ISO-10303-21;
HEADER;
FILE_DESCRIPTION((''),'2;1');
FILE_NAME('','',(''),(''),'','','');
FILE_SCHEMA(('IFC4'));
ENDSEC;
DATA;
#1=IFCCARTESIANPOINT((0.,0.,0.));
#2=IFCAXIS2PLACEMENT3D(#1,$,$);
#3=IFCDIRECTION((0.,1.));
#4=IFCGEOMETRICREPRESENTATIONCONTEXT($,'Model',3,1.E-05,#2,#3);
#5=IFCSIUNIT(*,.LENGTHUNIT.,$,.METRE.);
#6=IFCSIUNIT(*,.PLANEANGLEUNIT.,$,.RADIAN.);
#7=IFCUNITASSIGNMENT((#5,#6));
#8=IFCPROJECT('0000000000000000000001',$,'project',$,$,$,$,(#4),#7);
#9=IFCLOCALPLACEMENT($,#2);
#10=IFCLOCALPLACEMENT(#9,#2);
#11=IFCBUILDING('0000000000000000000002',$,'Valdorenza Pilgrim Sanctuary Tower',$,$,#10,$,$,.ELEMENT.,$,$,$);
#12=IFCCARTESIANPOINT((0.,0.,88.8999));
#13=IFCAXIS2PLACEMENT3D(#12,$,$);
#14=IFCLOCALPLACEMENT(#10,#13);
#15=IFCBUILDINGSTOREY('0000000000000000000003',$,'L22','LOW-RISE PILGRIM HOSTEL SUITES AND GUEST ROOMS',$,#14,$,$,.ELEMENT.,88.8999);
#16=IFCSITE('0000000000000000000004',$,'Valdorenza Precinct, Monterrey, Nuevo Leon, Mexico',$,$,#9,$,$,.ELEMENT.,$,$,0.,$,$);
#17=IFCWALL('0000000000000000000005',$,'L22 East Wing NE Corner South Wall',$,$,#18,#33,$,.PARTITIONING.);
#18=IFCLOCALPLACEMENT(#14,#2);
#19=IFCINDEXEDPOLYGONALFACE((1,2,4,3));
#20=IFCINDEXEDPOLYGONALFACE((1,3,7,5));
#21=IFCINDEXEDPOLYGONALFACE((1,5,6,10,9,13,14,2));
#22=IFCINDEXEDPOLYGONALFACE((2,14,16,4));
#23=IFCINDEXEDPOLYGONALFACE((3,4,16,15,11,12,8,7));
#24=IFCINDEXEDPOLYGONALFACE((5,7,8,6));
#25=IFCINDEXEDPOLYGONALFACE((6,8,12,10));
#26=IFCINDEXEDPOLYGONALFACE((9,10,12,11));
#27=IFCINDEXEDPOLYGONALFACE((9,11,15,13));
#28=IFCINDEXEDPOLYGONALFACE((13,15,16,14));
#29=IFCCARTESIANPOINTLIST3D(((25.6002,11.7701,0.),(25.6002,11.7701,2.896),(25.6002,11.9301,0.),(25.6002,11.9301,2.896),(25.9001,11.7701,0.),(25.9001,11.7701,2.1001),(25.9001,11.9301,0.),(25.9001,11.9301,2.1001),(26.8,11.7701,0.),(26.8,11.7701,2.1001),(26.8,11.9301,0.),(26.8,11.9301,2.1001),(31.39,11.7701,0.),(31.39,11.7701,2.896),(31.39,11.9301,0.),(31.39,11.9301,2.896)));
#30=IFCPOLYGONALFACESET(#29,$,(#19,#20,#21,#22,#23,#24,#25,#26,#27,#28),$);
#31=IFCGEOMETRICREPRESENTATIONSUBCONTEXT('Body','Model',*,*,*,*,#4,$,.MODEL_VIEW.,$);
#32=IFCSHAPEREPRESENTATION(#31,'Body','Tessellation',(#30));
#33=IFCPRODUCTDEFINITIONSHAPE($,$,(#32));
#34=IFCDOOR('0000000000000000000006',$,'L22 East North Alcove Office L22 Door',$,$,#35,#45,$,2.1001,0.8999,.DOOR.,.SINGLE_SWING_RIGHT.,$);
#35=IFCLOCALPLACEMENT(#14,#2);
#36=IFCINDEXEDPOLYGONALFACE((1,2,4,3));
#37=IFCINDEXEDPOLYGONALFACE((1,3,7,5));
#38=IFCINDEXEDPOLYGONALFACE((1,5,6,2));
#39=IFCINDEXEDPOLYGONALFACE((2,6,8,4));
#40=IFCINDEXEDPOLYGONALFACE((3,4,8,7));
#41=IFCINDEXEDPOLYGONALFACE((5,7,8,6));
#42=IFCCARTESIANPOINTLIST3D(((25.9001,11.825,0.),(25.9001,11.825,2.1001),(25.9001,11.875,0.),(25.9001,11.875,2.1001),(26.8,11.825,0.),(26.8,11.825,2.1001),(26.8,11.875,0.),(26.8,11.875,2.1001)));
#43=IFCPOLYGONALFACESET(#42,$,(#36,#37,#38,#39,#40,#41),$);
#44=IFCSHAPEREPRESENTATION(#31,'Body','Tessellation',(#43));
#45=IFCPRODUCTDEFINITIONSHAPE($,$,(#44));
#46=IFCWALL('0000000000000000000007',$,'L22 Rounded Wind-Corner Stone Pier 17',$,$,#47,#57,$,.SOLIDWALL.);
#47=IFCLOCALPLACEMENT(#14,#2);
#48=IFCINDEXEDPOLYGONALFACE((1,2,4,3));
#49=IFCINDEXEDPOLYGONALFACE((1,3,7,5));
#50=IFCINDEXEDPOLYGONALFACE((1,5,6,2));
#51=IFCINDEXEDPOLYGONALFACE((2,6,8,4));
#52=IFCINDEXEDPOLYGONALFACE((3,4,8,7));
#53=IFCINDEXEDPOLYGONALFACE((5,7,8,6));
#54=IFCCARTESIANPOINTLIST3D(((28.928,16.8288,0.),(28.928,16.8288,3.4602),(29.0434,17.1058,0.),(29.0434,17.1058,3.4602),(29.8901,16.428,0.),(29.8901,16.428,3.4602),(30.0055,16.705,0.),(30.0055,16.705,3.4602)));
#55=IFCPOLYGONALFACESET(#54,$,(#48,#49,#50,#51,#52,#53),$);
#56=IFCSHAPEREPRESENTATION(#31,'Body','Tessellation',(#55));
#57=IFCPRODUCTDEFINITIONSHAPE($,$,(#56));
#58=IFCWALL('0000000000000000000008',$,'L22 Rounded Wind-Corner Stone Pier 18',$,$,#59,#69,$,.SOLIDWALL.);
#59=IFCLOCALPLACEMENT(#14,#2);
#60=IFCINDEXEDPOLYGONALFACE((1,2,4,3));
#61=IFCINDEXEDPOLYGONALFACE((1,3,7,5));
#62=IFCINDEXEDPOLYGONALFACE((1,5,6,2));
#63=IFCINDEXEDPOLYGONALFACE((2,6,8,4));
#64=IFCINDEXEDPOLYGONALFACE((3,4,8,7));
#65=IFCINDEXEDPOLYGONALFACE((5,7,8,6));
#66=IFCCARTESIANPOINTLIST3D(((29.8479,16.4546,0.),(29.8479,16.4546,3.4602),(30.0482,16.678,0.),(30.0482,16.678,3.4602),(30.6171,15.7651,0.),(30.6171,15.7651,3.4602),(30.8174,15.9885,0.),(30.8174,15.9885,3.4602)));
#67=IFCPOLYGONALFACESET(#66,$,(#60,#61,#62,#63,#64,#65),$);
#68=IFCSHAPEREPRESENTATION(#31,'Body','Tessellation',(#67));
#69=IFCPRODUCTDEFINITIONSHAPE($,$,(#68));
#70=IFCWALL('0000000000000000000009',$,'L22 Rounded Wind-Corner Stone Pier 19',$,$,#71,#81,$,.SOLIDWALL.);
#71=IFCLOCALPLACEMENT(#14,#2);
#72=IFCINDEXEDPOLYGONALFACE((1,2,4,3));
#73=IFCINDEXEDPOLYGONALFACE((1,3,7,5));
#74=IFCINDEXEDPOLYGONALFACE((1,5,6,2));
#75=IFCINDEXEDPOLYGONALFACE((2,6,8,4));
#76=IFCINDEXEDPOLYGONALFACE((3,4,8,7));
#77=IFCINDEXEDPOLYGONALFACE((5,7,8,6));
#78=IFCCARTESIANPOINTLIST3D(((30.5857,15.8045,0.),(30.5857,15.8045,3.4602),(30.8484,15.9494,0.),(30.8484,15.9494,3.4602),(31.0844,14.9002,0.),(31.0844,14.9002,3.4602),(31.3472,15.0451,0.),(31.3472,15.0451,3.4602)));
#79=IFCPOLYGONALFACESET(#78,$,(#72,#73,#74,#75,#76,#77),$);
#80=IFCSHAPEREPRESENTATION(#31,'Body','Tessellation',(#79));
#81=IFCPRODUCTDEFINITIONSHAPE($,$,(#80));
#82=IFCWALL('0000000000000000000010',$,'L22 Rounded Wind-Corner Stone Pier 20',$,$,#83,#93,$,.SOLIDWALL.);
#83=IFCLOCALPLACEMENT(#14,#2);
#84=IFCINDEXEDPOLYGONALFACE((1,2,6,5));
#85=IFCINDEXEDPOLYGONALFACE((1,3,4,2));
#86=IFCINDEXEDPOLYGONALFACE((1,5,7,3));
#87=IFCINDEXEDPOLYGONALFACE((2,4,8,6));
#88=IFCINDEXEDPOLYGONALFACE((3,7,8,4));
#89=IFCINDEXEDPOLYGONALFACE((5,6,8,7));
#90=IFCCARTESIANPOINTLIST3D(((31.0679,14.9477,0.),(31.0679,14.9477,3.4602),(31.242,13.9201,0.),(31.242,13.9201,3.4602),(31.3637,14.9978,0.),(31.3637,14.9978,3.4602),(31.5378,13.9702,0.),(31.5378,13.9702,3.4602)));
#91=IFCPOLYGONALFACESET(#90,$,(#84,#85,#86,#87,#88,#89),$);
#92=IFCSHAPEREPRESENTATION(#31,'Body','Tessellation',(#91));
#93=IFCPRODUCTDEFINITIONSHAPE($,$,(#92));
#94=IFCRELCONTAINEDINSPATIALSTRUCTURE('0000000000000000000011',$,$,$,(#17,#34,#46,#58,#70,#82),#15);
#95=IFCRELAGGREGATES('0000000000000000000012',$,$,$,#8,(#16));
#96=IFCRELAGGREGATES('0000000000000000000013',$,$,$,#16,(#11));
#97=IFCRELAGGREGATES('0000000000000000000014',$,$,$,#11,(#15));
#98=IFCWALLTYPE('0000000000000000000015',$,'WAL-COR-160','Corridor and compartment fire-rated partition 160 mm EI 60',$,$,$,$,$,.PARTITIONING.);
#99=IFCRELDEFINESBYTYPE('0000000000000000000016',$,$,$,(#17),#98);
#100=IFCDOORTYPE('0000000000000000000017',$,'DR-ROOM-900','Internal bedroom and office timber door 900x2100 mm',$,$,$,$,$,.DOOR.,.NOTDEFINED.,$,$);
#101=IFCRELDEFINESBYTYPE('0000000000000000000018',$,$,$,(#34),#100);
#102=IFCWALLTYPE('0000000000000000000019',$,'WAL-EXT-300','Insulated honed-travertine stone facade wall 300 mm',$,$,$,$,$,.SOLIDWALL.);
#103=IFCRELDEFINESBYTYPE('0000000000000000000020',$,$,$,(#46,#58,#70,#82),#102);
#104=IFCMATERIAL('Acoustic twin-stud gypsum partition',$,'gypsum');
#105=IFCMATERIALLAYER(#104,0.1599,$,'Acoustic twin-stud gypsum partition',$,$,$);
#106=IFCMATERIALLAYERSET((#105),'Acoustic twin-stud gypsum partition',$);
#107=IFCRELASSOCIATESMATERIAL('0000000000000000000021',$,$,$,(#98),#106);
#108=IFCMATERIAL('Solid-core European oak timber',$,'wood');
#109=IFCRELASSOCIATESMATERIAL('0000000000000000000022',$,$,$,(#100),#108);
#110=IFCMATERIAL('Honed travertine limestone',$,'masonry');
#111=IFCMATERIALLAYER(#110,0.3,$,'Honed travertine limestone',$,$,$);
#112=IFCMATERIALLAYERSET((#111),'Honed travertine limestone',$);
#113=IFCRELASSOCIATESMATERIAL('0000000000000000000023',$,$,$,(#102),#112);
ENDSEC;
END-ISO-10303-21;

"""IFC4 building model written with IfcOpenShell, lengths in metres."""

from ifc_helpers import new_model, si_unit, direction, frame, frame_2d, origin, place, context, subcontext, project, spatial, rectangle, extrude, material, layer, layer_set, type_object, element, fill, save


model = new_model("IFC4")

# Units and contexts
model_context = context("Model", 3, precision=1e-05, world=origin(), true_north=direction((0.0, 1.0)))
body_context = subcontext(model_context, "Body", "Model", "MODEL_VIEW")
ifc_project = project(units=[si_unit("LENGTHUNIT", "METRE"), si_unit("PLANEANGLEUNIT", "RADIAN")], contexts=[model_context])

# Site, building, storey
site_placement = place(None, origin())
site = spatial("IfcSite", under=ifc_project, at=site_placement, Name="Valdorenza Precinct, Monterrey, Nuevo Leon, Mexico", CompositionType="ELEMENT", RefElevation=0.0)
building_placement = place(site_placement, origin())
building = spatial("IfcBuilding", under=site, at=building_placement, Name="Valdorenza Pilgrim Sanctuary Tower", CompositionType="ELEMENT")
storey_placement = place(building_placement, frame((0.0, 0.0, 88.8999)))
storey = spatial("IfcBuildingStorey", under=building, at=storey_placement, Name="L22", Description="LOW-RISE PILGRIM HOSTEL SUITES AND GUEST ROOMS", CompositionType="ELEMENT", Elevation=88.8999)

# Shared definitions
ifc_material_1 = material(Name="Honed travertine limestone", Category="masonry")

# Shared definitions
ifc_material_2 = material(Name="Acoustic twin-stud gypsum partition", Category="gypsum")
ifc_layer_1 = layer(ifc_material_2, 0.1599, Name="Acoustic twin-stud gypsum partition")
ifc_layer_set_1 = layer_set([ifc_layer_1], Name="Acoustic twin-stud gypsum partition")
wall_type_1 = type_object("IfcWallType", Name="WAL-COR-160", Description="Corridor and compartment fire-rated partition 160 mm EI 60", PredefinedType="PARTITIONING", material=ifc_layer_set_1)

# Wall, opening, door
wall_1_placement = place(storey_placement, frame((25.6001, 11.8501, 0.0), z_axis=(0.0, 0.0, 1.0), x_axis=(1.0, 0.0, 0.0)))
wall_1 = element("IfcWall", 1, at=wall_1_placement, inside=storey, type_object=wall_type_1, Name="L22 East Wing NE Corner South Wall", PredefinedType="PARTITIONING", context=body_context, shape_type="SweptSolid", body=[
    extrude(rectangle(XDim=5.7898, YDim=0.1599, at=frame_2d((2.895, 0.0))), origin(), (0.0, 0.0, 1.0), 2.896),
])
opening_placement = place(wall_1_placement, frame((0.3, 0.0, 0.0)))
opening = element("IfcOpeningElement", 2, at=opening_placement, cuts=wall_1, PredefinedType="OPENING", context=body_context, shape_type="SweptSolid", body=[
    extrude(rectangle(XDim=0.8999, YDim=2.1001, at=frame_2d((0.45, 1.05))), frame((0.0, 0.0947, 0.0), z_axis=(0.0, -1.0, 0.0), x_axis=(1.0, 0.0, 0.0)), (0.0, 0.0, 1.0), 0.1897),
])
ifc_material_3 = material(Name="Solid-core European oak timber", Category="wood")
door_type = type_object("IfcDoorType", Name="DR-ROOM-900", Description="Internal bedroom and office timber door 900x2100 mm", OperationType="NOTDEFINED", PredefinedType="DOOR", material=ifc_material_3)
door_placement = place(opening_placement, origin())
door = element("IfcDoor", 3, at=door_placement, inside=storey, type_object=door_type, Name="L22 East North Alcove Office L22 Door", OperationType="SINGLE_SWING_RIGHT", OverallHeight=2.1001, OverallWidth=0.8999, PredefinedType="DOOR", context=body_context, shape_type="SweptSolid", body=[
    extrude(rectangle(XDim=0.8999, YDim=2.1001, at=frame_2d((0.45, 1.05))), frame((0.0, 0.0249, 0.0), z_axis=(0.0, -1.0, 0.0), x_axis=(1.0, 0.0, 0.0)), (0.0, 0.0, 1.0), 0.05),
])
fill(opening, door)

# Walls
ifc_layer_2 = layer(ifc_material_1, 0.3, Name="Honed travertine limestone")
ifc_layer_set_2 = layer_set([ifc_layer_2], Name="Honed travertine limestone")
wall_type_2 = type_object("IfcWallType", Name="WAL-EXT-300", Description="Insulated honed-travertine stone facade wall 300 mm", PredefinedType="SOLIDWALL", material=ifc_layer_set_2)
wall_2_placement = place(storey_placement, frame((28.9858, 16.9673, 0.0), z_axis=(0.0, 0.0, 1.0), x_axis=(0.923084, -0.384599, 0.0)))
element("IfcWall", 4, at=wall_2_placement, inside=storey, type_object=wall_type_2, Name="L22 Rounded Wind-Corner Stone Pier 17", PredefinedType="SOLIDWALL", context=body_context, shape_type="SweptSolid", body=[
    extrude(rectangle(XDim=1.0422, YDim=0.3, at=frame_2d((0.521, 0.0))), origin(), (0.0, 0.0, 1.0), 3.4602),
])
wall_3_placement = place(storey_placement, frame((29.948, 16.5664, 0.0), z_axis=(0.0, 0.0, 1.0), x_axis=(0.744586, -0.667527, 0.0)))
element("IfcWall", 5, at=wall_3_placement, inside=storey, type_object=wall_type_2, Name="L22 Rounded Wind-Corner Stone Pier 18", PredefinedType="SOLIDWALL", context=body_context, shape_type="SweptSolid", body=[
    extrude(rectangle(XDim=1.033, YDim=0.3, at=frame_2d((0.5166, 0.0))), origin(), (0.0, 0.0, 1.0), 3.4602),
])
wall_4_placement = place(storey_placement, frame((30.717, 15.877, 0.0), z_axis=(0.0, 0.0, 1.0), x_axis=(0.482971, -0.875636, 0.0)))
element("IfcWall", 6, at=wall_4_placement, inside=storey, type_object=wall_type_2, Name="L22 Rounded Wind-Corner Stone Pier 19", PredefinedType="SOLIDWALL", context=body_context, shape_type="SweptSolid", body=[
    extrude(rectangle(XDim=1.0327, YDim=0.3, at=frame_2d((0.5164, 0.0))), origin(), (0.0, 0.0, 1.0), 3.4602),
])
wall_5_placement = place(storey_placement, frame((31.2158, 14.9727, 0.0), z_axis=(0.0, 0.0, 1.0), x_axis=(0.167019, -0.985954, 0.0)))
element("IfcWall", 7, at=wall_5_placement, inside=storey, type_object=wall_type_2, Name="L22 Rounded Wind-Corner Stone Pier 20", PredefinedType="SOLIDWALL", context=body_context, shape_type="SweptSolid", body=[
    extrude(rectangle(XDim=1.0422, YDim=0.3, at=frame_2d((0.521, 0.0))), origin(), (0.0, 0.0, 1.0), 3.4602),
])

save(model, "model.ifc")
